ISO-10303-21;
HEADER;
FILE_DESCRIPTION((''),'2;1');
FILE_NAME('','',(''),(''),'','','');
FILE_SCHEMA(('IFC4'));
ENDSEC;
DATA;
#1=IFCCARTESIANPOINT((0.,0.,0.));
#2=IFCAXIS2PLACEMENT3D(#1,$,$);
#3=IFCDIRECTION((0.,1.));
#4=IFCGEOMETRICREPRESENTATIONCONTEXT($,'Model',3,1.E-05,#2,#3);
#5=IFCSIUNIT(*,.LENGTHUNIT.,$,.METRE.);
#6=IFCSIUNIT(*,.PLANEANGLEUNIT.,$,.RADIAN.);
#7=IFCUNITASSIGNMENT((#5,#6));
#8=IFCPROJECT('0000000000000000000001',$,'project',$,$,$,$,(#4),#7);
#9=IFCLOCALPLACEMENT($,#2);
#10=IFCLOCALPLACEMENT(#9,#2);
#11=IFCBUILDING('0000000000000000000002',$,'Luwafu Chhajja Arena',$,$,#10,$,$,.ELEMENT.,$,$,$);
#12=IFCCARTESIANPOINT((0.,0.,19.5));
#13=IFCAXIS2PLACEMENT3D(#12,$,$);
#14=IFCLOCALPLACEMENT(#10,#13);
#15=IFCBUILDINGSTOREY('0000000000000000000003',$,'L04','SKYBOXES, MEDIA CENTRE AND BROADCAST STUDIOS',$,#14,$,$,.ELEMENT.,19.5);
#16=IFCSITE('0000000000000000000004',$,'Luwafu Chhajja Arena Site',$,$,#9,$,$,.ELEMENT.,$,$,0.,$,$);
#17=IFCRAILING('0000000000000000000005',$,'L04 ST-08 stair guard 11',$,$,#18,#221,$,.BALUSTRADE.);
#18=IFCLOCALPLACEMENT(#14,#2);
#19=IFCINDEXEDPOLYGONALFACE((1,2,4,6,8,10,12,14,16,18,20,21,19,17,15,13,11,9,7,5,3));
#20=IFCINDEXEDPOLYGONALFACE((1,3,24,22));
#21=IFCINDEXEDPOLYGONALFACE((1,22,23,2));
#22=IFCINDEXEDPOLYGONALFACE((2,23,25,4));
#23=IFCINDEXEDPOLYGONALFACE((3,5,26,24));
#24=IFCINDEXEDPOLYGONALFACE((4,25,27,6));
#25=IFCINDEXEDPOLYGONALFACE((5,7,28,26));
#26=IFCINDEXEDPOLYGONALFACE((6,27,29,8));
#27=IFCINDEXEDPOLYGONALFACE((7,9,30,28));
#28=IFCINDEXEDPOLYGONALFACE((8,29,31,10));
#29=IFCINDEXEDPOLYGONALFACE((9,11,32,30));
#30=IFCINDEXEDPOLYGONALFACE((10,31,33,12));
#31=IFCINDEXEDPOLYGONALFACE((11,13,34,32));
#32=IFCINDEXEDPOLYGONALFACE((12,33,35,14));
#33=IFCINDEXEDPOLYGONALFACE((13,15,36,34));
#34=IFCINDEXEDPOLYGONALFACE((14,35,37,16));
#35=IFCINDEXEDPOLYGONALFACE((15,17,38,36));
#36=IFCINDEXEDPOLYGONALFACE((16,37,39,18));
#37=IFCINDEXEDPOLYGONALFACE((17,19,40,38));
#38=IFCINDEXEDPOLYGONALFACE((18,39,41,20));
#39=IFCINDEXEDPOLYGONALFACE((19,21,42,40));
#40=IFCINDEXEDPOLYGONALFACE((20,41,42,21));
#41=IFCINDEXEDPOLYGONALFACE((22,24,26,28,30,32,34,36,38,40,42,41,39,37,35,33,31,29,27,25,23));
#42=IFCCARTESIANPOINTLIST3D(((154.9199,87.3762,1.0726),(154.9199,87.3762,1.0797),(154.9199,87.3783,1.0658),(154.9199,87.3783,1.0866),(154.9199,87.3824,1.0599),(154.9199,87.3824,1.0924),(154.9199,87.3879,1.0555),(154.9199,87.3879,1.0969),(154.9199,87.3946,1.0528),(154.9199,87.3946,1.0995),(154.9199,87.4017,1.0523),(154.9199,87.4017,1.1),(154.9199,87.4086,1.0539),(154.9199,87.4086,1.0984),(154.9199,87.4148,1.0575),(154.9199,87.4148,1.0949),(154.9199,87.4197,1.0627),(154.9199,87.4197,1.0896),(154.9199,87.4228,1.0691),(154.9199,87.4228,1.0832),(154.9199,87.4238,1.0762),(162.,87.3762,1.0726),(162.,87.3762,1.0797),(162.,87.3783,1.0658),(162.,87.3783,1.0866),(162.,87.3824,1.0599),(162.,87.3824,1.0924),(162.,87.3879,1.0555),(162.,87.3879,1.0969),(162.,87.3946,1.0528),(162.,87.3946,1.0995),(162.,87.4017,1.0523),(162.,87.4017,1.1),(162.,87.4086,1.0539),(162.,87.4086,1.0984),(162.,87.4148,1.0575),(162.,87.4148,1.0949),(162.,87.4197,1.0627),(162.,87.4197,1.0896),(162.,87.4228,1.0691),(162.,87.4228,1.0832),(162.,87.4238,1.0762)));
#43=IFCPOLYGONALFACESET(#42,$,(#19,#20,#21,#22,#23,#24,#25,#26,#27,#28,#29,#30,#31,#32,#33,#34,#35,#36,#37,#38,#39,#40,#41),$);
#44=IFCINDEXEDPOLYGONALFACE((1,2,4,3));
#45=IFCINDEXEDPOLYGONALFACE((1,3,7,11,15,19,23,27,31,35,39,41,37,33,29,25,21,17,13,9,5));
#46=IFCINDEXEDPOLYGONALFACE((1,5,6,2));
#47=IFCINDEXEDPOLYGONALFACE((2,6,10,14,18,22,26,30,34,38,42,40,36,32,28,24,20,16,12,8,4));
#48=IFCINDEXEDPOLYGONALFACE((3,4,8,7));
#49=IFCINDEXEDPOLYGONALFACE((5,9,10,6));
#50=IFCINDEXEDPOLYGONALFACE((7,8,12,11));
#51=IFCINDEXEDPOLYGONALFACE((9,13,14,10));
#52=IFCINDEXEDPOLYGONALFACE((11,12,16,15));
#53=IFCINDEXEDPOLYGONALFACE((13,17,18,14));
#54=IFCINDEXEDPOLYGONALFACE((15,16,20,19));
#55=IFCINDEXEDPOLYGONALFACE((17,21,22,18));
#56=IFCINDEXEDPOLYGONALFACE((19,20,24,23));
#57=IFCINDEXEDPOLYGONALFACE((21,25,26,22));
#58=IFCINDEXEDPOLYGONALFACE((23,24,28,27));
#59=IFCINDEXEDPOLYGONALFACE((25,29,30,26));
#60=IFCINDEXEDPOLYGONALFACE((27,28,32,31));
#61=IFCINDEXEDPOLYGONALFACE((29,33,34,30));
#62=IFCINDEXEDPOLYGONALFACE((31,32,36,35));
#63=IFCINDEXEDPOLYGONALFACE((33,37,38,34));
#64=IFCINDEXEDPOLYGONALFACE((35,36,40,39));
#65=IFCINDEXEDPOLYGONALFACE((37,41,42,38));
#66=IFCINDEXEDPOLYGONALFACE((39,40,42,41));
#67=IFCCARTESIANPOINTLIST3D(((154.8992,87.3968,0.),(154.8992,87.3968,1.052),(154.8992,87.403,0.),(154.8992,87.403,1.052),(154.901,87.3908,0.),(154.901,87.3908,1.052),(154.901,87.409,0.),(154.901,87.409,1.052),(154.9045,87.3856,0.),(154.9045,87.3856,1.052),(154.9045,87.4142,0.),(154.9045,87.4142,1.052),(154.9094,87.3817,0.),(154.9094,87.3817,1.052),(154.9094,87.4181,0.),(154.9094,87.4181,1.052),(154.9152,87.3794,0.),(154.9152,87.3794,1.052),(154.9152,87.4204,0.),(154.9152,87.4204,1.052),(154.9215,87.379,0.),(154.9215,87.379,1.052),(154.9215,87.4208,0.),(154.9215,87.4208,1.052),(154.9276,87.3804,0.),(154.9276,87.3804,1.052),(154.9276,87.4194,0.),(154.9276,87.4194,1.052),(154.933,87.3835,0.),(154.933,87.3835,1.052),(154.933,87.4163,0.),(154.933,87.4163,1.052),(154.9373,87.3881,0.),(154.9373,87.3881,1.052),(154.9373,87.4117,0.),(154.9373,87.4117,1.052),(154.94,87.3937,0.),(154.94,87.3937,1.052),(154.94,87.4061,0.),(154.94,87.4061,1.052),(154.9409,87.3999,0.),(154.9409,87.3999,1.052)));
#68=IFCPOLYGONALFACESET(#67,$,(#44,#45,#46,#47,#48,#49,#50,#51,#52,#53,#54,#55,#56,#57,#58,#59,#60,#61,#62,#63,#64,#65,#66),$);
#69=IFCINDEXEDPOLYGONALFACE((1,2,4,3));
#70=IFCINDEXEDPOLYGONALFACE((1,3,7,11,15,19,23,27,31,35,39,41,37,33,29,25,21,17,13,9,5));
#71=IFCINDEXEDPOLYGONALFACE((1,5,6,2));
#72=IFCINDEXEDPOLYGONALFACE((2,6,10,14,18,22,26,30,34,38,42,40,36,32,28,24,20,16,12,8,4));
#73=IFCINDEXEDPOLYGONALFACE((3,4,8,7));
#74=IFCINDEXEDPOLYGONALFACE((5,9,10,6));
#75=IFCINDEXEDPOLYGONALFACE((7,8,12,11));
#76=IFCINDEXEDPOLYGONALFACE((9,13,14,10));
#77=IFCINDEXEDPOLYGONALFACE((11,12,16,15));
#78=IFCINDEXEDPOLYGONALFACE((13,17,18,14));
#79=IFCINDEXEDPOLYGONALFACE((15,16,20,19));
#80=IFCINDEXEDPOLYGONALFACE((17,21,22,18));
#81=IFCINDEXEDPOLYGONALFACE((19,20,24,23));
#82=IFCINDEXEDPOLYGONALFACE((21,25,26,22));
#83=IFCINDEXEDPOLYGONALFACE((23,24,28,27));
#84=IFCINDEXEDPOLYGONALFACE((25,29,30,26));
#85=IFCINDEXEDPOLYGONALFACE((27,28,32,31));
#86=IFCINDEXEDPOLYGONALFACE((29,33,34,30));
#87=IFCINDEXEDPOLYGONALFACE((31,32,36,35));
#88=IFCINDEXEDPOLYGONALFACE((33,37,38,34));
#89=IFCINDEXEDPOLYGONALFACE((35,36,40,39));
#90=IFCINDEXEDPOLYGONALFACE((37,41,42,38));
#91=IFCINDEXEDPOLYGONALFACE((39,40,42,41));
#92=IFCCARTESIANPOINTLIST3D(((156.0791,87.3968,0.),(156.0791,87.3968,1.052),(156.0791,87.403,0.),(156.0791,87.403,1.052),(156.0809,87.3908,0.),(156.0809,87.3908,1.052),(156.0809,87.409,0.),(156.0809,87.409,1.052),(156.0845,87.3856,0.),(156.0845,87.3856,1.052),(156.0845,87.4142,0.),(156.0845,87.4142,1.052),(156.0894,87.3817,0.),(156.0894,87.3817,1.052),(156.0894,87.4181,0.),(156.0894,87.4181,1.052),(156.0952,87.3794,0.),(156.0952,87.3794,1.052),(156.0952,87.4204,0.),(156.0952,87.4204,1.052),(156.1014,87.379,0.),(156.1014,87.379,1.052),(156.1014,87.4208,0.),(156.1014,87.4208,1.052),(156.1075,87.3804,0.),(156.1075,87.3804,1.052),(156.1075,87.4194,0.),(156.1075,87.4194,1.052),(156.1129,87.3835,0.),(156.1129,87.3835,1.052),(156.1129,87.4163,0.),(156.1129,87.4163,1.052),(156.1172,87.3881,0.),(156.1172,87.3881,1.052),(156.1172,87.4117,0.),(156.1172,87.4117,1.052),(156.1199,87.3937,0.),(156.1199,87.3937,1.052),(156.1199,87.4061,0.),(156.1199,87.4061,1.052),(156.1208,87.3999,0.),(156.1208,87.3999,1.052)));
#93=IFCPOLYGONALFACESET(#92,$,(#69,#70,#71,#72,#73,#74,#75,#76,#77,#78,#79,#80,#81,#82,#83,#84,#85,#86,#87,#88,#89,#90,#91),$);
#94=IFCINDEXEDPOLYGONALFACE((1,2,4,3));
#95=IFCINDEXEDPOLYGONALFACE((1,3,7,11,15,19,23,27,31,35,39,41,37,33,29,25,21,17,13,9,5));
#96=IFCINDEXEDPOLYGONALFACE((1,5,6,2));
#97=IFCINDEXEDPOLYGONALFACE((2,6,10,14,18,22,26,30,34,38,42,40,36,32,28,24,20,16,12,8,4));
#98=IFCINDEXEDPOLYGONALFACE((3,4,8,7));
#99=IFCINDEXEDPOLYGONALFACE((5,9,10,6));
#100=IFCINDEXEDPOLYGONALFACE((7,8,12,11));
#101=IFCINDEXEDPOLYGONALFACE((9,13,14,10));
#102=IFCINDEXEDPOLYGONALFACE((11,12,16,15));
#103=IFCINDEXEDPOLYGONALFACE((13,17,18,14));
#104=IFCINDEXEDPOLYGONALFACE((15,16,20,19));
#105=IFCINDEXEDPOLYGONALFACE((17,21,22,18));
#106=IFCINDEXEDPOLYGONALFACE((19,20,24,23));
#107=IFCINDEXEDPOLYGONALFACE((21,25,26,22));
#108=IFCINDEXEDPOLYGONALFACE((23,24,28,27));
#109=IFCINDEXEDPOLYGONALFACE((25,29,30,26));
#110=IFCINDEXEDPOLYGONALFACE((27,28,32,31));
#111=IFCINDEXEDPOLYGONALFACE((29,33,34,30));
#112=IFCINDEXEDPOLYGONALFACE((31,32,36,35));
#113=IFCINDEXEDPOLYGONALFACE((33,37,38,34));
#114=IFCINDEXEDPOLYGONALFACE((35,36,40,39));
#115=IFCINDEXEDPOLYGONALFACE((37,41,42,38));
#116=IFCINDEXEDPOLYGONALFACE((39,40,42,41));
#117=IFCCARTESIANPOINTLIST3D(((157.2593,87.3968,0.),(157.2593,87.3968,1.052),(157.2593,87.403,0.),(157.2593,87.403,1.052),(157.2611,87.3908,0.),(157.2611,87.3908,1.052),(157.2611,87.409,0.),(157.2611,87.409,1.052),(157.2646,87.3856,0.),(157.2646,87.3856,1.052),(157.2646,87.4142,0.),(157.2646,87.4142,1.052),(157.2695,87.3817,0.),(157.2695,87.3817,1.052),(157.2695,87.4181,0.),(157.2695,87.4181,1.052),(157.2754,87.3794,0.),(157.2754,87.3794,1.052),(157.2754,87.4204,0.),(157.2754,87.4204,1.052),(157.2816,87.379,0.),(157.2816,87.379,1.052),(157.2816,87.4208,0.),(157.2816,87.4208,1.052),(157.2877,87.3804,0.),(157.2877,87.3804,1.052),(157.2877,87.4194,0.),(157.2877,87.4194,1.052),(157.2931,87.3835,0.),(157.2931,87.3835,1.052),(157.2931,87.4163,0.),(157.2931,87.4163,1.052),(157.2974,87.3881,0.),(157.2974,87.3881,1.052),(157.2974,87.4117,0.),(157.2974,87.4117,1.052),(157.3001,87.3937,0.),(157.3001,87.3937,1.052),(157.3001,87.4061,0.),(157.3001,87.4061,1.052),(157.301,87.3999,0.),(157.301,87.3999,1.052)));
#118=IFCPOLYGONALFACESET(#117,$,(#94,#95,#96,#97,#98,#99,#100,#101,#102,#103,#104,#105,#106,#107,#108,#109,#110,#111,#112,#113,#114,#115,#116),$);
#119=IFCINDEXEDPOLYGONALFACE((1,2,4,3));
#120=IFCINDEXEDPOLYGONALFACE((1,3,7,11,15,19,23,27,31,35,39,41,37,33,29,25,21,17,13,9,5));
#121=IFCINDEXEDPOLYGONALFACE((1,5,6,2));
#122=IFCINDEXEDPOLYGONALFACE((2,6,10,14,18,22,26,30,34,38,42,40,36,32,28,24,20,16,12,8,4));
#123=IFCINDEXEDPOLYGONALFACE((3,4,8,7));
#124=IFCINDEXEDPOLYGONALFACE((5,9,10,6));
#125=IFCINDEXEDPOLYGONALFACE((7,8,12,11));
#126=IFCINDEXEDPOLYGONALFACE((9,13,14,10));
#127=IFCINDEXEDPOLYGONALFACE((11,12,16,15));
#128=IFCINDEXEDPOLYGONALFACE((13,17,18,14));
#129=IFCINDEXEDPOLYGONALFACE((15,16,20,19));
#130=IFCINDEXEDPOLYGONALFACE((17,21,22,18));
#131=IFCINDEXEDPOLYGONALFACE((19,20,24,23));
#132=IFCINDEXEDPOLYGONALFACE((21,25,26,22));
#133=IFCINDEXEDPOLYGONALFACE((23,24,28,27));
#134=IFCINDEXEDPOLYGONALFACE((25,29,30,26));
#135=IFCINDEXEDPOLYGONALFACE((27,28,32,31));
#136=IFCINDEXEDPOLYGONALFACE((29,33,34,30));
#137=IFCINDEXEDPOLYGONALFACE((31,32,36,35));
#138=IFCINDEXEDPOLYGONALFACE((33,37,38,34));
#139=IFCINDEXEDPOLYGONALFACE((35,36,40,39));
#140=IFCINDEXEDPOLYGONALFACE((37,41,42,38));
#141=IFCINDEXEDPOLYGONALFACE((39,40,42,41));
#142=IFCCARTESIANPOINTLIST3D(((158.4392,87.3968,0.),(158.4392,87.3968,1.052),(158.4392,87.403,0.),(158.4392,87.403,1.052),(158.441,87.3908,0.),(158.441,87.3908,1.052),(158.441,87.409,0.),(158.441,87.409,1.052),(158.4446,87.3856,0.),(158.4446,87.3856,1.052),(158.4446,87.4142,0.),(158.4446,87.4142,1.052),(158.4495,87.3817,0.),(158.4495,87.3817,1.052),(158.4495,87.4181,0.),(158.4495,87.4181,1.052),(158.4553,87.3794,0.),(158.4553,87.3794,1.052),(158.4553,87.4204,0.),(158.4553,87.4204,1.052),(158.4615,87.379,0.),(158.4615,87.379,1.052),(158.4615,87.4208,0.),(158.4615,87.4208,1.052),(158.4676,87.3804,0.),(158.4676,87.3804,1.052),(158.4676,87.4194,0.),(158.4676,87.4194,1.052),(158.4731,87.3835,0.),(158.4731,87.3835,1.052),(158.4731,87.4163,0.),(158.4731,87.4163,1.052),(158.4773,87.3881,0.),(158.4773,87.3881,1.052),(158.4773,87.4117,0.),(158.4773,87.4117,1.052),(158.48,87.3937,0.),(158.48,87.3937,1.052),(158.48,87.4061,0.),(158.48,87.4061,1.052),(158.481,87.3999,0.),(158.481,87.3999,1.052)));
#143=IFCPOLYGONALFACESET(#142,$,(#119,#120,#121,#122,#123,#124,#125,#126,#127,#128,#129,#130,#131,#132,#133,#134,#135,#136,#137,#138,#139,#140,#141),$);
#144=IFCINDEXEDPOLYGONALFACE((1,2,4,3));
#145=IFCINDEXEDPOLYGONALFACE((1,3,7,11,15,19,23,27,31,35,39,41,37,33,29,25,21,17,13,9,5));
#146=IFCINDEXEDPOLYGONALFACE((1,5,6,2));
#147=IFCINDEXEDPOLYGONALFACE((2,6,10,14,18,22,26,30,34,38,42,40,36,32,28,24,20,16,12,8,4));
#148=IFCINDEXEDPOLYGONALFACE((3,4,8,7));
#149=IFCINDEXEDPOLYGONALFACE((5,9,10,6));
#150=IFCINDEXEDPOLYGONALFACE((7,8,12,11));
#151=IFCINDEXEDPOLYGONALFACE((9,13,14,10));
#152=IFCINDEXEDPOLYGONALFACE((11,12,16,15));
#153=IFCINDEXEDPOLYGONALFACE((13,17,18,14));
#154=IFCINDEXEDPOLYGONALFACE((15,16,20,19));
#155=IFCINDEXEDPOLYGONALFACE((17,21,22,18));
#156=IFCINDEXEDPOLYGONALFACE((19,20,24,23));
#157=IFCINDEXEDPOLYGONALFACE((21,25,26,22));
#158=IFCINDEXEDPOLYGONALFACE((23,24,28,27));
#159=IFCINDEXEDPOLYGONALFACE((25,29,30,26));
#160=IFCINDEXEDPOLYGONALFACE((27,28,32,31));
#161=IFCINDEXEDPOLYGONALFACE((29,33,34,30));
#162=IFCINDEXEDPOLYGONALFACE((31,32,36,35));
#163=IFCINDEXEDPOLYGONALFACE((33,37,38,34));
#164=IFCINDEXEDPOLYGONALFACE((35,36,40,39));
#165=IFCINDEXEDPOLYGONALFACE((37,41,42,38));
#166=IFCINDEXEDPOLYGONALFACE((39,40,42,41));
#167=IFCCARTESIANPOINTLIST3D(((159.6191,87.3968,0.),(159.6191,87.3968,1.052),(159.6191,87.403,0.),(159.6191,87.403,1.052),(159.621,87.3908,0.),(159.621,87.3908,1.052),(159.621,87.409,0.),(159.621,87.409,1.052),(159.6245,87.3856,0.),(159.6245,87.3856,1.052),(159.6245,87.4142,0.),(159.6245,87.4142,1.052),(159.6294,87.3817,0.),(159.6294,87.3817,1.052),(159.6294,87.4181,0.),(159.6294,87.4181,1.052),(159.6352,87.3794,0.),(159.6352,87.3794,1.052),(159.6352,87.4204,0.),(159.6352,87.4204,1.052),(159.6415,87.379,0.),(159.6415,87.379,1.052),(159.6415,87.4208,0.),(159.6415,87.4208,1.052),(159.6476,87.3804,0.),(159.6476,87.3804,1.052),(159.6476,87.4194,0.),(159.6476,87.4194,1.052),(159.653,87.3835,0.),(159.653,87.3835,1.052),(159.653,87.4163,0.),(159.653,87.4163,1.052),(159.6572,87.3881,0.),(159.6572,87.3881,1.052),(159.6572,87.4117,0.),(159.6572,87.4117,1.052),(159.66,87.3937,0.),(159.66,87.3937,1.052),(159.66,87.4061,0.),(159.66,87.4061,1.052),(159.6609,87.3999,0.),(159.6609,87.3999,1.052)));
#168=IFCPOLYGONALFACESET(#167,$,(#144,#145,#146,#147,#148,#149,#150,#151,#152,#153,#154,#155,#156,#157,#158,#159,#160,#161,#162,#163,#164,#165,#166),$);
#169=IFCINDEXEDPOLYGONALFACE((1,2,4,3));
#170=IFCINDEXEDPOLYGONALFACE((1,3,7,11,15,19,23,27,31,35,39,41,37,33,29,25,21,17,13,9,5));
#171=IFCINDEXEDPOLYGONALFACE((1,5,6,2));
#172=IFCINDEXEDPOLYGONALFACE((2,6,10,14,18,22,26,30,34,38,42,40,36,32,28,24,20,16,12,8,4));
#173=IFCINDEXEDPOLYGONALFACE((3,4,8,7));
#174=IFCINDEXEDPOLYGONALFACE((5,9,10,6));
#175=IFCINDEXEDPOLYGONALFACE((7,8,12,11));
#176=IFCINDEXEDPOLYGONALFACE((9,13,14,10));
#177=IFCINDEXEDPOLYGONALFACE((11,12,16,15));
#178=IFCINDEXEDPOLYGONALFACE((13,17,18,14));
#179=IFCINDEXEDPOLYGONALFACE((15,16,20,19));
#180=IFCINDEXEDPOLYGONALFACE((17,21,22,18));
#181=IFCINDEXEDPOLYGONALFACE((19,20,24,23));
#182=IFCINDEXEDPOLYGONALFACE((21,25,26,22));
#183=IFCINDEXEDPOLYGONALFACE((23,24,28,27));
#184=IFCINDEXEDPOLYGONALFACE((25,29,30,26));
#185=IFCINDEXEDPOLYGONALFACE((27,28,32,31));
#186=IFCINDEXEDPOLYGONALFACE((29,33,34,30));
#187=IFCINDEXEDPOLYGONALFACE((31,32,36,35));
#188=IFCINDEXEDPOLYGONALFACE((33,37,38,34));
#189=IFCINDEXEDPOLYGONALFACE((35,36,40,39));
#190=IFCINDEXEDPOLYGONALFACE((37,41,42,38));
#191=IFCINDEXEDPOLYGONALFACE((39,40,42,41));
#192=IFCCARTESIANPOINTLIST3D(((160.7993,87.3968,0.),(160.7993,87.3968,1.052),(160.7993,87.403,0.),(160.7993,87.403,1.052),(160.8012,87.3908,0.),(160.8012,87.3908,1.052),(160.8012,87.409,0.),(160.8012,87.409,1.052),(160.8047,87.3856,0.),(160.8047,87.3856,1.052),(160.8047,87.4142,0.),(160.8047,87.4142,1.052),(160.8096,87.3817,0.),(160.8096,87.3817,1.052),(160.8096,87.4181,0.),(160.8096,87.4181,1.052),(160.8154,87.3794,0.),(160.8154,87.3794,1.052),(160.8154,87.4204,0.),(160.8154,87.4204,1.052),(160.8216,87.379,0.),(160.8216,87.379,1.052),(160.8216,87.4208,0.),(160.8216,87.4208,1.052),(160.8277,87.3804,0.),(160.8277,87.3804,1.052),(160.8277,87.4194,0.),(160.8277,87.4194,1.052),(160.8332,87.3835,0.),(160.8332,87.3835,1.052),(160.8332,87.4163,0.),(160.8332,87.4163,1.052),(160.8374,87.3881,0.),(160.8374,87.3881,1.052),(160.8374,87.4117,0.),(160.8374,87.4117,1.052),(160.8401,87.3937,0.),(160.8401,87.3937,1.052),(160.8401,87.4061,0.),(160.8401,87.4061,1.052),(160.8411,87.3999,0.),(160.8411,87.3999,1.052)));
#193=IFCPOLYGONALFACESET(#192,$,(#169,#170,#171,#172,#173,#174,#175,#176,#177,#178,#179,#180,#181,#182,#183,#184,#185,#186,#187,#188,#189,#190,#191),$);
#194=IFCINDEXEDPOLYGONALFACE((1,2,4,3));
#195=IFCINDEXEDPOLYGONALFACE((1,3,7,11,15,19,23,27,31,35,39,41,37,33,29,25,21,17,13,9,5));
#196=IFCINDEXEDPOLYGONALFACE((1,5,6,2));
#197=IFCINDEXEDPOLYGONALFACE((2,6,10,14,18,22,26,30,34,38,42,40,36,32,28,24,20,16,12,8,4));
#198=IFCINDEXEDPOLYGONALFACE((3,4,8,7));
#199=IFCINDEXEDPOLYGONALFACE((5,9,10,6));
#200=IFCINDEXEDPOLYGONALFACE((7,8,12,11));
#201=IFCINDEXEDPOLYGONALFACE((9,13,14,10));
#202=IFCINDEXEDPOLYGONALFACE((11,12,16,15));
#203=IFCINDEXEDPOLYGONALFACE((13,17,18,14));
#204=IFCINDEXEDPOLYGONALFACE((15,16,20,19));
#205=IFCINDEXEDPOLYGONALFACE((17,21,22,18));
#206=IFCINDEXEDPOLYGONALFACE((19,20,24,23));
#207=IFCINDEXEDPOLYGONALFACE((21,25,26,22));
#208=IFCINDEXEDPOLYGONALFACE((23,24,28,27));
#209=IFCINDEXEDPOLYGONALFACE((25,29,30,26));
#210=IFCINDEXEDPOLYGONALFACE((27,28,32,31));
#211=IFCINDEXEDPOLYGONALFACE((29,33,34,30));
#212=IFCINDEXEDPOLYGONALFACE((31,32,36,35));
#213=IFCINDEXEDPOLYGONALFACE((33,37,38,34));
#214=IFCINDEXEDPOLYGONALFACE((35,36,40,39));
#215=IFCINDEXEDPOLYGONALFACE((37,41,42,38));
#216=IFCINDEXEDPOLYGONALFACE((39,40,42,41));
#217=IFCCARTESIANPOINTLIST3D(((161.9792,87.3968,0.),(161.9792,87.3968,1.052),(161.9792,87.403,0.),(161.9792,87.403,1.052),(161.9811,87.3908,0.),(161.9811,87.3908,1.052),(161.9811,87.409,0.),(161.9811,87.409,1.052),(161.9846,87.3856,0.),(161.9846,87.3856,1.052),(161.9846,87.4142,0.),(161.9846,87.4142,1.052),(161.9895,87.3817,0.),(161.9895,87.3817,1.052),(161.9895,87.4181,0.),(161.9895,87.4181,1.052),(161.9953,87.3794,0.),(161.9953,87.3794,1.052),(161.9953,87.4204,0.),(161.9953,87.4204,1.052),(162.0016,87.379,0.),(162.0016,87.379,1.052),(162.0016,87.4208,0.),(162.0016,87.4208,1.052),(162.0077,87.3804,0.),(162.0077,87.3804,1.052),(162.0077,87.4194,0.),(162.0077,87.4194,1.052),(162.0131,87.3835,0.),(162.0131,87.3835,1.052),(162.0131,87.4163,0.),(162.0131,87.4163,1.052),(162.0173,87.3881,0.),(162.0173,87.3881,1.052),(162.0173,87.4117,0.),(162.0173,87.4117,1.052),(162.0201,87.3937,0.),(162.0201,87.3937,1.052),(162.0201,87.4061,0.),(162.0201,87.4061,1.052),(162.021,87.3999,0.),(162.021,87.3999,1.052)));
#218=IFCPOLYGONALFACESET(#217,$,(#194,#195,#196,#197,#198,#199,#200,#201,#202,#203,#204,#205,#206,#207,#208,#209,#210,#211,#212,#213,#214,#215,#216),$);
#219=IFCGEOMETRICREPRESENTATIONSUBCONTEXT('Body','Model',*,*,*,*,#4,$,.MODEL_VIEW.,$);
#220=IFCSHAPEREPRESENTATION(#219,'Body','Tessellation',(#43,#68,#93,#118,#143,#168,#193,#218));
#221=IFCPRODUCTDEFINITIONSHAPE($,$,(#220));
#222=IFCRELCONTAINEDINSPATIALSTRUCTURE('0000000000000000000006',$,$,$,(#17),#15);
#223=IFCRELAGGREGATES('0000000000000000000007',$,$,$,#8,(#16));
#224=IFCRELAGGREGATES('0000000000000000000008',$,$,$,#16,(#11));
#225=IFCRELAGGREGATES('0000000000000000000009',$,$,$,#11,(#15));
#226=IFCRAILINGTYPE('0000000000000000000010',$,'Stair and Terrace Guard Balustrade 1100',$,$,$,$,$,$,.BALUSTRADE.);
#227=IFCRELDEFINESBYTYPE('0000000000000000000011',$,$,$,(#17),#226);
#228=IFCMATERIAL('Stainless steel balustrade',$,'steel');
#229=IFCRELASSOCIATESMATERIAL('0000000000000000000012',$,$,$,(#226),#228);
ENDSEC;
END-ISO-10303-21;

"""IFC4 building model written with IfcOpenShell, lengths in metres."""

from ifc_helpers import new_model, si_unit, direction, frame, origin, origin_2d, place, context, subcontext, project, spatial, circle, extrude, material, type_object, element, save


model = new_model("IFC4")

# Units and contexts
model_context = context("Model", 3, precision=1e-05, world=origin(), true_north=direction((0.0, 1.0)))
body_context = subcontext(model_context, "Body", "Model", "MODEL_VIEW")
ifc_project = project(units=[si_unit("LENGTHUNIT", "METRE"), si_unit("PLANEANGLEUNIT", "RADIAN")], contexts=[model_context])

# Site, building, storey
site_placement = place(None, origin())
site = spatial("IfcSite", under=ifc_project, at=site_placement, Name="Luwafu Chhajja Arena Site", CompositionType="ELEMENT", RefElevation=0.0)
building_placement = place(site_placement, origin())
building = spatial("IfcBuilding", under=site, at=building_placement, Name="Luwafu Chhajja Arena", CompositionType="ELEMENT")
storey_placement = place(building_placement, frame((0.0, 0.0, 19.5)))
storey = spatial("IfcBuildingStorey", under=building, at=storey_placement, Name="L04", Description="SKYBOXES, MEDIA CENTRE AND BROADCAST STUDIOS", CompositionType="ELEMENT", Elevation=19.5)

# Railing
ifc_material_1 = material(Name="Stainless steel balustrade", Category="steel")
railing_type = type_object("IfcRailingType", Name="Stair and Terrace Guard Balustrade 1100", PredefinedType="BALUSTRADE", material=ifc_material_1)
for number, where, name in (
    (1, (154.9199, 87.3999, 0.0), "L04 ST-08 stair guard 11"),
):
    element("IfcRailing", number, at=place(storey_placement, frame(where)), inside=storey, type_object=railing_type, Name=name, PredefinedType="BALUSTRADE", context=body_context, shape_type="SweptSolid", body=[
        extrude(circle(Radius=0.0239, at=origin_2d()), frame((0.0, 0.0, 1.0762), z_axis=(1.0, 0.0, 0.0), x_axis=(0.0, 1.0, 0.0)), (0.0, 0.0, 1.0), 7.0801),
        extrude(circle(Radius=0.021, at=origin_2d()), origin(), (0.0, 0.0, 1.0), 1.052),
        extrude(circle(Radius=0.021, at=origin_2d()), frame((1.1799, 0.0, 0.0)), (0.0, 0.0, 1.0), 1.052),
        extrude(circle(Radius=0.021, at=origin_2d()), frame((2.3601, 0.0, 0.0)), (0.0, 0.0, 1.0), 1.052),
        extrude(circle(Radius=0.021, at=origin_2d()), frame((3.54, 0.0, 0.0)), (0.0, 0.0, 1.0), 1.052),
        extrude(circle(Radius=0.021, at=origin_2d()), frame((4.72, 0.0, 0.0)), (0.0, 0.0, 1.0), 1.052),
        extrude(circle(Radius=0.021, at=origin_2d()), frame((5.9001, 0.0, 0.0)), (0.0, 0.0, 1.0), 1.052),
        extrude(circle(Radius=0.021, at=origin_2d()), frame((7.0801, 0.0, 0.0)), (0.0, 0.0, 1.0), 1.052),
    ])

save(model, "model.ifc")
